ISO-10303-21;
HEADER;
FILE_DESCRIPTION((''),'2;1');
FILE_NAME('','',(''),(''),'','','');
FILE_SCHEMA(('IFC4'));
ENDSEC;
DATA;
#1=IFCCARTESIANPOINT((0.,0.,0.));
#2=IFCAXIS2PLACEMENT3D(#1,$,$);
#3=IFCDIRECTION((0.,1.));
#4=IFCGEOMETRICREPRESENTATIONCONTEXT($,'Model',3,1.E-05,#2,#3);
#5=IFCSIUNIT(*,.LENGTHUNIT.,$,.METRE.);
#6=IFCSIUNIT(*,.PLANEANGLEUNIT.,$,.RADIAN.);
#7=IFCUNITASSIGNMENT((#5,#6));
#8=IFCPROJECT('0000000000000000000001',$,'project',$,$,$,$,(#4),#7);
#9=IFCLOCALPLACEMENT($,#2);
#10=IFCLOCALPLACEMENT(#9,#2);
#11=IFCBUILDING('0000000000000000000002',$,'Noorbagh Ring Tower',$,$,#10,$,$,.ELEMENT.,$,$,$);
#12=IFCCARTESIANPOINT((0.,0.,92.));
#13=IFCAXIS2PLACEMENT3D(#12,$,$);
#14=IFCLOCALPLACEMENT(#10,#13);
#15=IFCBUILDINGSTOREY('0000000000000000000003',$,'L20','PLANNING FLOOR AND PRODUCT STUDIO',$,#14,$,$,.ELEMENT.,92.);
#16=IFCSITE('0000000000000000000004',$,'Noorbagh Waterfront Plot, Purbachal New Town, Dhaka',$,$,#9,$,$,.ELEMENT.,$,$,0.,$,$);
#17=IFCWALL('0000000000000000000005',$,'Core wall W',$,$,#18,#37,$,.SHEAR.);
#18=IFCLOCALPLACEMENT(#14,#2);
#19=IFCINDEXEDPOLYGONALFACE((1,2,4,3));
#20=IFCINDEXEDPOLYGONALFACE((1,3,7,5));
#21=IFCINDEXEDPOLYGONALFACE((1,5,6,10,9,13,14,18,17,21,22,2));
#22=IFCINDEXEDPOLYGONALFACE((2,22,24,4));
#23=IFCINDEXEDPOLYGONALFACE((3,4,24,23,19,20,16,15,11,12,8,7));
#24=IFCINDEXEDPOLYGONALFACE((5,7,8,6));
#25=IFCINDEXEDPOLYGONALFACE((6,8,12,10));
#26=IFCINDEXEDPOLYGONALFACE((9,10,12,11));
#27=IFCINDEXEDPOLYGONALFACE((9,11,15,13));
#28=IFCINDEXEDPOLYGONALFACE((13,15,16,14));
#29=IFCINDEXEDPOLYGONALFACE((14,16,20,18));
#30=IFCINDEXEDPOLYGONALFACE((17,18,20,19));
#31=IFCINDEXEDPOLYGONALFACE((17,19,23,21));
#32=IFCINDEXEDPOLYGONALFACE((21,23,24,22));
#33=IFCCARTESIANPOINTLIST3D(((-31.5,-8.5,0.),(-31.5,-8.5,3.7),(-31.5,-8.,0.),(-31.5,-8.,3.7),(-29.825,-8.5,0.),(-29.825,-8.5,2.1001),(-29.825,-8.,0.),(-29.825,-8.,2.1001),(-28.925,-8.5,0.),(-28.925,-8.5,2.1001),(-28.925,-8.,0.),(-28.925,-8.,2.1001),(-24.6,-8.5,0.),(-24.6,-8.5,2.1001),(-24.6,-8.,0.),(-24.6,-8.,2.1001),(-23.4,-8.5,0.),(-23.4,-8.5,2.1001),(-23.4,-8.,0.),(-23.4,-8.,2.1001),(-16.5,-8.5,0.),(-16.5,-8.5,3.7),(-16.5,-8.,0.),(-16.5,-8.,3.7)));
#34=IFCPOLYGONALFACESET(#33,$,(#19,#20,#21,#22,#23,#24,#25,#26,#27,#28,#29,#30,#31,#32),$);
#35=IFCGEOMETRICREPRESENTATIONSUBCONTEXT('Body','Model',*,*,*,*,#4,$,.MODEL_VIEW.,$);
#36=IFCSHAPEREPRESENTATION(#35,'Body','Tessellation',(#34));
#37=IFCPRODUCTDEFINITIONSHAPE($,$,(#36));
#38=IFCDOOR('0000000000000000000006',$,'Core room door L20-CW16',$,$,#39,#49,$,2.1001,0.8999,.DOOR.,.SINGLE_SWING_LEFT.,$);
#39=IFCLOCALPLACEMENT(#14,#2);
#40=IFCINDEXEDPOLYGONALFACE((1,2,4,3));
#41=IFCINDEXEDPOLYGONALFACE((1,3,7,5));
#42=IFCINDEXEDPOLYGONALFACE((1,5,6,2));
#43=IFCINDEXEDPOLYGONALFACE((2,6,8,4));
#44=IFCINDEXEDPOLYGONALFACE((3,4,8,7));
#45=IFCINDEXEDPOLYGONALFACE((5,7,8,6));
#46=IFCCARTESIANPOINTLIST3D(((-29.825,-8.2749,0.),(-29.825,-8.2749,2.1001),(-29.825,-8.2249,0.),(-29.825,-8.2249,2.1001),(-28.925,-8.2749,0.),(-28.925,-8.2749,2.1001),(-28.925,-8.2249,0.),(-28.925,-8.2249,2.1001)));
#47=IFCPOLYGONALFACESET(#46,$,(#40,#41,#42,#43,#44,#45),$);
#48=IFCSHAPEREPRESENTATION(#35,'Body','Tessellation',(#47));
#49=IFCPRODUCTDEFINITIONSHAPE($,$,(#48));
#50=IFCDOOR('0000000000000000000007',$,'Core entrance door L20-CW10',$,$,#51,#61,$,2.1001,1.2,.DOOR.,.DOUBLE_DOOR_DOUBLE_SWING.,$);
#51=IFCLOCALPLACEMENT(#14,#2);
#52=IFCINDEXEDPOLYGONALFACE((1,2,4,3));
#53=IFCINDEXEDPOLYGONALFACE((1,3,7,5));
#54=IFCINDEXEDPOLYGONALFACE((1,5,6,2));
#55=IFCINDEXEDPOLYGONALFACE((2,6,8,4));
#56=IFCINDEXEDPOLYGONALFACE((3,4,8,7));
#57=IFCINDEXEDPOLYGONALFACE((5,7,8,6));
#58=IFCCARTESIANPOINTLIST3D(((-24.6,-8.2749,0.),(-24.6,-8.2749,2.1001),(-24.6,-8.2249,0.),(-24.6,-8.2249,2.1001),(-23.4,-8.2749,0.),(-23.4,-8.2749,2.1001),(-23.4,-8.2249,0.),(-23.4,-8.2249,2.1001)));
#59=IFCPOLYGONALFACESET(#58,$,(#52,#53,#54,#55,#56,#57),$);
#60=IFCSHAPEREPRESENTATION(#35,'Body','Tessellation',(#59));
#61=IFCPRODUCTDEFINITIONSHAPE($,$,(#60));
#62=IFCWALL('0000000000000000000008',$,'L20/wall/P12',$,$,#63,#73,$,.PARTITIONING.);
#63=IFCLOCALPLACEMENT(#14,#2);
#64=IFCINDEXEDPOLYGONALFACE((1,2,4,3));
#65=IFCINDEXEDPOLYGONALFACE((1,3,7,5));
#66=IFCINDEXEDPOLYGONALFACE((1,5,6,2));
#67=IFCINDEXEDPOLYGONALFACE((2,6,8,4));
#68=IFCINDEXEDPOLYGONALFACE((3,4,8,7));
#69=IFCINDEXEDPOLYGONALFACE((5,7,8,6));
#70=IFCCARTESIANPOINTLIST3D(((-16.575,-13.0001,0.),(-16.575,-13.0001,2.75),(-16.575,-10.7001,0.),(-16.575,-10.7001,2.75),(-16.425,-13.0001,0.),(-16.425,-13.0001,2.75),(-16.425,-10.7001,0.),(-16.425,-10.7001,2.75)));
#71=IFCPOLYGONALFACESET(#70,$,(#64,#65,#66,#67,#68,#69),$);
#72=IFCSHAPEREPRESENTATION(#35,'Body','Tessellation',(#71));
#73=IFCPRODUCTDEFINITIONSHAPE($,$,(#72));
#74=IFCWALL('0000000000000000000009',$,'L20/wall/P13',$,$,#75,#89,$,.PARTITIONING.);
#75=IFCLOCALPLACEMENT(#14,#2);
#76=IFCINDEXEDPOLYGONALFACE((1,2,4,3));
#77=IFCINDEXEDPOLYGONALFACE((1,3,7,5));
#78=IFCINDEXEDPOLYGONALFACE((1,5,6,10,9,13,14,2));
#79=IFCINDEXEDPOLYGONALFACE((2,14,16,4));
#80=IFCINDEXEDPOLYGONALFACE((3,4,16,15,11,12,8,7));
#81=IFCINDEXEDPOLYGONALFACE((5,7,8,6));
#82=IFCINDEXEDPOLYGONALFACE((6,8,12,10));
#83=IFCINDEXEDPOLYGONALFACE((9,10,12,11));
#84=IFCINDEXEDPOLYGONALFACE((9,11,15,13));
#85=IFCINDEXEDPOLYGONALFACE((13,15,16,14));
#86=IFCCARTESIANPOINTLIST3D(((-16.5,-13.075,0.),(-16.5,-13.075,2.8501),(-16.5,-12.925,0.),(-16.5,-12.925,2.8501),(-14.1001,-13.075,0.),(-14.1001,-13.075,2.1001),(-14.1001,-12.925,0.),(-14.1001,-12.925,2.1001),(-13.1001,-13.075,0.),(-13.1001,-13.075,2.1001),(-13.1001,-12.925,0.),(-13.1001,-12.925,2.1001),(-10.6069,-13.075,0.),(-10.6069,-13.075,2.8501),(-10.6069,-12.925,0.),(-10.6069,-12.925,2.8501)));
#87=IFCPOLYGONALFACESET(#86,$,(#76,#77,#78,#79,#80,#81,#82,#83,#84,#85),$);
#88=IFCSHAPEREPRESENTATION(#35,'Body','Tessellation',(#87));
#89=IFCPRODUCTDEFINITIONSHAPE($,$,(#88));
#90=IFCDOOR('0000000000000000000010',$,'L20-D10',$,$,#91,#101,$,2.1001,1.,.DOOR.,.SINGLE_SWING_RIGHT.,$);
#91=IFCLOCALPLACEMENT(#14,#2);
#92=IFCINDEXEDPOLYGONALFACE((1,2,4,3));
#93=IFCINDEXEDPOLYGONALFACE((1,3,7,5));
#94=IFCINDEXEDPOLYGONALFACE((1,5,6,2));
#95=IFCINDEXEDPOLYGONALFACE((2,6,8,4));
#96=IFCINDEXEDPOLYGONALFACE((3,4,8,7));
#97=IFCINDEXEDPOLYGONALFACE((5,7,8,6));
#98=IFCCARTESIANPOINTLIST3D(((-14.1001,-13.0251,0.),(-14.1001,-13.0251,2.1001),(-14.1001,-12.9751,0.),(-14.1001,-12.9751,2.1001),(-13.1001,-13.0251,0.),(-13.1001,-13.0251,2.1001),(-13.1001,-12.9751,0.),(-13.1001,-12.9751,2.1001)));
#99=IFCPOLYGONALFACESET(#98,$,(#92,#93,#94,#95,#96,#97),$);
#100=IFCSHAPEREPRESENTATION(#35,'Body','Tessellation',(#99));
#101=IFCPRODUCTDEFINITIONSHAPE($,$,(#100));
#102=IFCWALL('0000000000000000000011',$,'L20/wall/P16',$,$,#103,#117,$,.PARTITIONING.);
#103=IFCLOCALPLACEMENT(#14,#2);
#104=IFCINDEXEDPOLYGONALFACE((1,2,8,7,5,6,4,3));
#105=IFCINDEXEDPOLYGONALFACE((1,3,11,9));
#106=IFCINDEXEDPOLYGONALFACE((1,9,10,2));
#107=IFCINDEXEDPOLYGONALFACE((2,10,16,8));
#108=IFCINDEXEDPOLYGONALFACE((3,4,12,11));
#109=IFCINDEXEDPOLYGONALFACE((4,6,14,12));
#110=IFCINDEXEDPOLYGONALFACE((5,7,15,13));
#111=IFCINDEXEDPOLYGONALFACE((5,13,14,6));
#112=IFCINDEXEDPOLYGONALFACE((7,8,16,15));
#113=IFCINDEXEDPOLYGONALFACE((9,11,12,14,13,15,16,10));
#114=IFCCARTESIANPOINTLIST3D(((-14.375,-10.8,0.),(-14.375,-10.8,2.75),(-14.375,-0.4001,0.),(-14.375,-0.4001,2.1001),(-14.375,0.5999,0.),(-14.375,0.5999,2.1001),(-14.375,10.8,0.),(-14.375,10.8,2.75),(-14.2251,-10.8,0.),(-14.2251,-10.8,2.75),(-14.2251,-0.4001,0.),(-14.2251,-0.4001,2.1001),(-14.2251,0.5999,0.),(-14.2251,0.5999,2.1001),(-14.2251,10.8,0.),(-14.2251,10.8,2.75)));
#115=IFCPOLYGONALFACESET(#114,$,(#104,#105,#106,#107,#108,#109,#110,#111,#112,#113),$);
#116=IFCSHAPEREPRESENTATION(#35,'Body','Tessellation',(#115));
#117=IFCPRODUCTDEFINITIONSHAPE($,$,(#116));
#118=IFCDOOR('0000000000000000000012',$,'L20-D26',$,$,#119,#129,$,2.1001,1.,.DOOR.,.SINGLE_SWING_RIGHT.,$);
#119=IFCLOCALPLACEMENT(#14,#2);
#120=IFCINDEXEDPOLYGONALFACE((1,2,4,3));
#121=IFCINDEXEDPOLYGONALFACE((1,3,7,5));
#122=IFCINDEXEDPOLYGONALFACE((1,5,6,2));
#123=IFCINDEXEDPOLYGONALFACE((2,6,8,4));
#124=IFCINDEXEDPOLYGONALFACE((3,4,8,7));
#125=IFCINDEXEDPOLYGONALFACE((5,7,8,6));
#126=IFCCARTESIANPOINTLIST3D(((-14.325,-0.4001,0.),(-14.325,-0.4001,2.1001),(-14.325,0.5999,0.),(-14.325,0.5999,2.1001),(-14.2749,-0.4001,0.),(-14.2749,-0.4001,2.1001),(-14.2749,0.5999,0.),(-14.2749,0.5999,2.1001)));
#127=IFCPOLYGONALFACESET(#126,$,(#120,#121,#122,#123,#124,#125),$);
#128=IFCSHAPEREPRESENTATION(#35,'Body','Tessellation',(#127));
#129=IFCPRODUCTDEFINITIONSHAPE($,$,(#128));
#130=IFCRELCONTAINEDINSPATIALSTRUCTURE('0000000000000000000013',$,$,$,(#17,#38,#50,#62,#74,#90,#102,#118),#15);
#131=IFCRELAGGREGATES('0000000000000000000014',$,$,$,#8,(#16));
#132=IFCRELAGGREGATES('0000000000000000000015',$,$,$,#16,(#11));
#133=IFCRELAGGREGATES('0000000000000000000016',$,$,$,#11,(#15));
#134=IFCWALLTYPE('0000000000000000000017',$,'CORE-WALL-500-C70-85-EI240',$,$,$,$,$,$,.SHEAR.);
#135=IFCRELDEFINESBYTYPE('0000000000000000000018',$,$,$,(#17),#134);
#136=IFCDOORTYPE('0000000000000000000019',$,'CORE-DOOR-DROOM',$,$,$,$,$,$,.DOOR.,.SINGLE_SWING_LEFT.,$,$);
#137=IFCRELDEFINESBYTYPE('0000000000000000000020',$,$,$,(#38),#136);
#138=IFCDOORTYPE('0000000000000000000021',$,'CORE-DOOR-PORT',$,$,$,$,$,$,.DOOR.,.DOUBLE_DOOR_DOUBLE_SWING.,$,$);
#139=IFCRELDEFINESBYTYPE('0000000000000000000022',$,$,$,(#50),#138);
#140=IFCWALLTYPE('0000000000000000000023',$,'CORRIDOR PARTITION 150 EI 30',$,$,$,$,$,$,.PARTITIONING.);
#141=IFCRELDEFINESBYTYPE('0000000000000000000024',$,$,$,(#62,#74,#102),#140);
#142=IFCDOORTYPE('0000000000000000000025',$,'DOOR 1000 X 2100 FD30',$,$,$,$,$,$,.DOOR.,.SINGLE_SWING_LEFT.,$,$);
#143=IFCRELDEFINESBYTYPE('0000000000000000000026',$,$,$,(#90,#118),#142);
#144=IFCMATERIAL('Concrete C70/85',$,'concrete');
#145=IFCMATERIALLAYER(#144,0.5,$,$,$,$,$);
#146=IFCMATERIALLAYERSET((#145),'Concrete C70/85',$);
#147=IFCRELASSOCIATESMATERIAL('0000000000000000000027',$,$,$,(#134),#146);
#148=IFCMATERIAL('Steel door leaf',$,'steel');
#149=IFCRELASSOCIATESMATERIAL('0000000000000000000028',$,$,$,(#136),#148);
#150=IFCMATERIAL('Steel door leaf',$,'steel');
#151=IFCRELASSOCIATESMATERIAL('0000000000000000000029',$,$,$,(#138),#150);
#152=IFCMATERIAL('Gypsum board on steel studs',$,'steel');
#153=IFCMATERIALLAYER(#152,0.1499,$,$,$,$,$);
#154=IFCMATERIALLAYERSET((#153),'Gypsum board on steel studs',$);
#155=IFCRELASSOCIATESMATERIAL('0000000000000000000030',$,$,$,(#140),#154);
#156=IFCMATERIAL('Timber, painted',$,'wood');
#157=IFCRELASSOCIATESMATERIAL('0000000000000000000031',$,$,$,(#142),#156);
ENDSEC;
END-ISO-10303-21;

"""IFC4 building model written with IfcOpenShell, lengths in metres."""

from ifc_helpers import new_model, si_unit, direction, frame, frame_2d, origin, place, context, subcontext, project, spatial, rectangle, extrude, material, layer, layer_set, type_object, element, fill, save


model = new_model("IFC4")

# Units and contexts
model_context = context("Model", 3, precision=1e-05, world=origin(), true_north=direction((0.0, 1.0)))
body_context = subcontext(model_context, "Body", "Model", "MODEL_VIEW")
ifc_project = project(units=[si_unit("LENGTHUNIT", "METRE"), si_unit("PLANEANGLEUNIT", "RADIAN")], contexts=[model_context])

# Site, building, storey
site_placement = place(None, origin())
site = spatial("IfcSite", under=ifc_project, at=site_placement, Name="Noorbagh Waterfront Plot, Purbachal New Town, Dhaka", CompositionType="ELEMENT", RefElevation=0.0)
building_placement = place(site_placement, origin())
building = spatial("IfcBuilding", under=site, at=building_placement, Name="Noorbagh Ring Tower", CompositionType="ELEMENT")
storey_placement = place(building_placement, frame((0.0, 0.0, 92.0)))
storey = spatial("IfcBuildingStorey", under=building, at=storey_placement, Name="L20", Description="PLANNING FLOOR AND PRODUCT STUDIO", CompositionType="ELEMENT", Elevation=92.0)

# Wall, openings, doors
ifc_material_1 = material(Name="Concrete C70/85", Category="concrete")
ifc_layer_1 = layer(ifc_material_1, 0.5)
ifc_layer_set_1 = layer_set([ifc_layer_1], Name="Concrete C70/85")
wall_type_1 = type_object("IfcWallType", Name="CORE-WALL-500-C70-85-EI240", PredefinedType="SHEAR", material=ifc_layer_set_1)
wall_1_placement = place(storey_placement, frame((-16.5, -8.25, 0.0), z_axis=(0.0, 0.0, 1.0), x_axis=(-1.0, 0.0, 0.0)))
wall_1 = element("IfcWall", 1, at=wall_1_placement, inside=storey, type_object=wall_type_1, Name="Core wall W", PredefinedType="SHEAR", context=body_context, shape_type="SweptSolid", body=[
    extrude(rectangle(XDim=15.0, YDim=0.5, at=frame_2d((7.5, 0.0))), origin(), (0.0, 0.0, 1.0), 3.7),
])
opening_1_placement = place(wall_1_placement, frame((6.8999, 0.0, 0.0)))
opening_1 = element("IfcOpeningElement", 2, at=opening_1_placement, cuts=wall_1, PredefinedType="OPENING", context=body_context, shape_type="SweptSolid", body=[
    extrude(rectangle(XDim=1.2, YDim=2.1001, at=frame_2d((0.6001, 1.05))), frame((0.0, 0.26, 0.0), z_axis=(0.0, -1.0, 0.0), x_axis=(1.0, 0.0, 0.0)), (0.0, 0.0, 1.0), 0.52),
])
opening_2_placement = place(wall_1_placement, frame((12.425, 0.0, 0.0)))
opening_2 = element("IfcOpeningElement", 3, at=opening_2_placement, cuts=wall_1, PredefinedType="OPENING", context=body_context, shape_type="SweptSolid", body=[
    extrude(rectangle(XDim=0.8999, YDim=2.1001, at=frame_2d((0.45, 1.05))), frame((0.0, 0.26, 0.0), z_axis=(0.0, -1.0, 0.0), x_axis=(1.0, 0.0, 0.0)), (0.0, 0.0, 1.0), 0.52),
])
ifc_material_2 = material(Name="Steel door leaf", Category="steel")
door_type_1 = type_object("IfcDoorType", Name="CORE-DOOR-DROOM", OperationType="SINGLE_SWING_LEFT", PredefinedType="DOOR", material=ifc_material_2)
door_1_placement = place(opening_2_placement, origin())
door_1 = element("IfcDoor", 4, at=door_1_placement, inside=storey, type_object=door_type_1, Name="Core room door L20-CW16", OperationType="SINGLE_SWING_LEFT", OverallHeight=2.1001, OverallWidth=0.8999, PredefinedType="DOOR", context=body_context, shape_type="SweptSolid", body=[
    extrude(rectangle(XDim=0.8999, YDim=2.1001, at=frame_2d((0.45, 1.05))), frame((0.0, 0.0249, 0.0), z_axis=(0.0, -1.0, 0.0), x_axis=(1.0, 0.0, 0.0)), (0.0, 0.0, 1.0), 0.05),
])
fill(opening_2, door_1)
ifc_material_3 = material(Name="Steel door leaf", Category="steel")
door_type_2 = type_object("IfcDoorType", Name="CORE-DOOR-PORT", OperationType="DOUBLE_DOOR_DOUBLE_SWING", PredefinedType="DOOR", material=ifc_material_3)
door_2_placement = place(opening_1_placement, origin())
door_2 = element("IfcDoor", 5, at=door_2_placement, inside=storey, type_object=door_type_2, Name="Core entrance door L20-CW10", OperationType="DOUBLE_DOOR_DOUBLE_SWING", OverallHeight=2.1001, OverallWidth=1.2, PredefinedType="DOOR", context=body_context, shape_type="SweptSolid", body=[
    extrude(rectangle(XDim=1.2, YDim=2.1001, at=frame_2d((0.6001, 1.05))), frame((0.0, 0.0249, 0.0), z_axis=(0.0, -1.0, 0.0), x_axis=(1.0, 0.0, 0.0)), (0.0, 0.0, 1.0), 0.05),
])
fill(opening_1, door_2)

# Wall
ifc_material_4 = material(Name="Gypsum board on steel studs", Category="steel")
ifc_layer_2 = layer(ifc_material_4, 0.1499)
ifc_layer_set_2 = layer_set([ifc_layer_2], Name="Gypsum board on steel studs")
wall_type_2 = type_object("IfcWallType", Name="CORRIDOR PARTITION 150 EI 30", PredefinedType="PARTITIONING", material=ifc_layer_set_2)
wall_2_placement = place(storey_placement, frame((-16.5, -13.0, 0.0), z_axis=(0.0, 0.0, 1.0), x_axis=(0.0, 1.0, 0.0)))
element("IfcWall", 6, at=wall_2_placement, inside=storey, type_object=wall_type_2, Name="L20/wall/P12", PredefinedType="PARTITIONING", context=body_context, shape_type="SweptSolid", body=[
    extrude(rectangle(XDim=2.3, YDim=0.1499, at=frame_2d((1.1499, 0.0))), origin(), (0.0, 0.0, 1.0), 2.75),
])

# Walls, openings, doors
wall_3_placement = place(storey_placement, frame((-16.5, -13.0, 0.0), z_axis=(0.0, 0.0, 1.0), x_axis=(1.0, 0.0, 0.0)))
wall_3 = element("IfcWall", 7, at=wall_3_placement, inside=storey, type_object=wall_type_2, Name="L20/wall/P13", PredefinedType="PARTITIONING", context=body_context, shape_type="SweptSolid", body=[
    extrude(rectangle(XDim=5.8931, YDim=0.1499, at=frame_2d((2.9465, 0.0))), origin(), (0.0, 0.0, 1.0), 2.8501),
])
opening_3_placement = place(wall_3_placement, frame((2.3999, 0.0, 0.0)))
opening_3 = element("IfcOpeningElement", 8, at=opening_3_placement, cuts=wall_3, PredefinedType="OPENING", context=body_context, shape_type="SweptSolid", body=[
    extrude(rectangle(XDim=1.0, YDim=2.1001, at=frame_2d((0.5, 1.05))), frame((0.0, 0.085, 0.0), z_axis=(0.0, -1.0, 0.0), x_axis=(1.0, 0.0, 0.0)), (0.0, 0.0, 1.0), 0.1699),
])
ifc_material_5 = material(Name="Timber, painted", Category="wood")
door_type_3 = type_object("IfcDoorType", Name="DOOR 1000 X 2100 FD30", OperationType="SINGLE_SWING_LEFT", PredefinedType="DOOR", material=ifc_material_5)
door_3_placement = place(opening_3_placement, origin())
door_3 = element("IfcDoor", 9, at=door_3_placement, inside=storey, type_object=door_type_3, Name="L20-D10", OperationType="SINGLE_SWING_RIGHT", OverallHeight=2.1001, OverallWidth=1.0, PredefinedType="DOOR", context=body_context, shape_type="SweptSolid", body=[
    extrude(rectangle(XDim=1.0, YDim=2.1001, at=frame_2d((0.5, 1.05))), frame((0.0, 0.0249, 0.0), z_axis=(0.0, -1.0, 0.0), x_axis=(1.0, 0.0, 0.0)), (0.0, 0.0, 1.0), 0.05),
])
fill(opening_3, door_3)
wall_4_placement = place(storey_placement, frame((-14.3, -10.8, 0.0), z_axis=(0.0, 0.0, 1.0), x_axis=(0.0, 1.0, 0.0)))
wall_4 = element("IfcWall", 10, at=wall_4_placement, inside=storey, type_object=wall_type_2, Name="L20/wall/P16", PredefinedType="PARTITIONING", context=body_context, shape_type="SweptSolid", body=[
    extrude(rectangle(XDim=21.6001, YDim=0.1499, at=frame_2d((10.8, 0.0))), origin(), (0.0, 0.0, 1.0), 2.75),
])
opening_4_placement = place(wall_4_placement, frame((10.3999, 0.0, 0.0)))
opening_4 = element("IfcOpeningElement", 11, at=opening_4_placement, cuts=wall_4, PredefinedType="OPENING", context=body_context, shape_type="SweptSolid", body=[
    extrude(rectangle(XDim=1.0, YDim=2.1001, at=frame_2d((0.5, 1.05))), frame((0.0, 0.085, 0.0), z_axis=(0.0, -1.0, 0.0), x_axis=(1.0, 0.0, 0.0)), (0.0, 0.0, 1.0), 0.1699),
])
door_4_placement = place(opening_4_placement, origin())
door_4 = element("IfcDoor", 12, at=door_4_placement, inside=storey, type_object=door_type_3, Name="L20-D26", OperationType="SINGLE_SWING_RIGHT", OverallHeight=2.1001, OverallWidth=1.0, PredefinedType="DOOR", context=body_context, shape_type="SweptSolid", body=[
    extrude(rectangle(XDim=1.0, YDim=2.1001, at=frame_2d((0.5, 1.05))), frame((0.0, 0.0249, 0.0), z_axis=(0.0, -1.0, 0.0), x_axis=(1.0, 0.0, 0.0)), (0.0, 0.0, 1.0), 0.05),
])
fill(opening_4, door_4)

save(model, "model.ifc")
